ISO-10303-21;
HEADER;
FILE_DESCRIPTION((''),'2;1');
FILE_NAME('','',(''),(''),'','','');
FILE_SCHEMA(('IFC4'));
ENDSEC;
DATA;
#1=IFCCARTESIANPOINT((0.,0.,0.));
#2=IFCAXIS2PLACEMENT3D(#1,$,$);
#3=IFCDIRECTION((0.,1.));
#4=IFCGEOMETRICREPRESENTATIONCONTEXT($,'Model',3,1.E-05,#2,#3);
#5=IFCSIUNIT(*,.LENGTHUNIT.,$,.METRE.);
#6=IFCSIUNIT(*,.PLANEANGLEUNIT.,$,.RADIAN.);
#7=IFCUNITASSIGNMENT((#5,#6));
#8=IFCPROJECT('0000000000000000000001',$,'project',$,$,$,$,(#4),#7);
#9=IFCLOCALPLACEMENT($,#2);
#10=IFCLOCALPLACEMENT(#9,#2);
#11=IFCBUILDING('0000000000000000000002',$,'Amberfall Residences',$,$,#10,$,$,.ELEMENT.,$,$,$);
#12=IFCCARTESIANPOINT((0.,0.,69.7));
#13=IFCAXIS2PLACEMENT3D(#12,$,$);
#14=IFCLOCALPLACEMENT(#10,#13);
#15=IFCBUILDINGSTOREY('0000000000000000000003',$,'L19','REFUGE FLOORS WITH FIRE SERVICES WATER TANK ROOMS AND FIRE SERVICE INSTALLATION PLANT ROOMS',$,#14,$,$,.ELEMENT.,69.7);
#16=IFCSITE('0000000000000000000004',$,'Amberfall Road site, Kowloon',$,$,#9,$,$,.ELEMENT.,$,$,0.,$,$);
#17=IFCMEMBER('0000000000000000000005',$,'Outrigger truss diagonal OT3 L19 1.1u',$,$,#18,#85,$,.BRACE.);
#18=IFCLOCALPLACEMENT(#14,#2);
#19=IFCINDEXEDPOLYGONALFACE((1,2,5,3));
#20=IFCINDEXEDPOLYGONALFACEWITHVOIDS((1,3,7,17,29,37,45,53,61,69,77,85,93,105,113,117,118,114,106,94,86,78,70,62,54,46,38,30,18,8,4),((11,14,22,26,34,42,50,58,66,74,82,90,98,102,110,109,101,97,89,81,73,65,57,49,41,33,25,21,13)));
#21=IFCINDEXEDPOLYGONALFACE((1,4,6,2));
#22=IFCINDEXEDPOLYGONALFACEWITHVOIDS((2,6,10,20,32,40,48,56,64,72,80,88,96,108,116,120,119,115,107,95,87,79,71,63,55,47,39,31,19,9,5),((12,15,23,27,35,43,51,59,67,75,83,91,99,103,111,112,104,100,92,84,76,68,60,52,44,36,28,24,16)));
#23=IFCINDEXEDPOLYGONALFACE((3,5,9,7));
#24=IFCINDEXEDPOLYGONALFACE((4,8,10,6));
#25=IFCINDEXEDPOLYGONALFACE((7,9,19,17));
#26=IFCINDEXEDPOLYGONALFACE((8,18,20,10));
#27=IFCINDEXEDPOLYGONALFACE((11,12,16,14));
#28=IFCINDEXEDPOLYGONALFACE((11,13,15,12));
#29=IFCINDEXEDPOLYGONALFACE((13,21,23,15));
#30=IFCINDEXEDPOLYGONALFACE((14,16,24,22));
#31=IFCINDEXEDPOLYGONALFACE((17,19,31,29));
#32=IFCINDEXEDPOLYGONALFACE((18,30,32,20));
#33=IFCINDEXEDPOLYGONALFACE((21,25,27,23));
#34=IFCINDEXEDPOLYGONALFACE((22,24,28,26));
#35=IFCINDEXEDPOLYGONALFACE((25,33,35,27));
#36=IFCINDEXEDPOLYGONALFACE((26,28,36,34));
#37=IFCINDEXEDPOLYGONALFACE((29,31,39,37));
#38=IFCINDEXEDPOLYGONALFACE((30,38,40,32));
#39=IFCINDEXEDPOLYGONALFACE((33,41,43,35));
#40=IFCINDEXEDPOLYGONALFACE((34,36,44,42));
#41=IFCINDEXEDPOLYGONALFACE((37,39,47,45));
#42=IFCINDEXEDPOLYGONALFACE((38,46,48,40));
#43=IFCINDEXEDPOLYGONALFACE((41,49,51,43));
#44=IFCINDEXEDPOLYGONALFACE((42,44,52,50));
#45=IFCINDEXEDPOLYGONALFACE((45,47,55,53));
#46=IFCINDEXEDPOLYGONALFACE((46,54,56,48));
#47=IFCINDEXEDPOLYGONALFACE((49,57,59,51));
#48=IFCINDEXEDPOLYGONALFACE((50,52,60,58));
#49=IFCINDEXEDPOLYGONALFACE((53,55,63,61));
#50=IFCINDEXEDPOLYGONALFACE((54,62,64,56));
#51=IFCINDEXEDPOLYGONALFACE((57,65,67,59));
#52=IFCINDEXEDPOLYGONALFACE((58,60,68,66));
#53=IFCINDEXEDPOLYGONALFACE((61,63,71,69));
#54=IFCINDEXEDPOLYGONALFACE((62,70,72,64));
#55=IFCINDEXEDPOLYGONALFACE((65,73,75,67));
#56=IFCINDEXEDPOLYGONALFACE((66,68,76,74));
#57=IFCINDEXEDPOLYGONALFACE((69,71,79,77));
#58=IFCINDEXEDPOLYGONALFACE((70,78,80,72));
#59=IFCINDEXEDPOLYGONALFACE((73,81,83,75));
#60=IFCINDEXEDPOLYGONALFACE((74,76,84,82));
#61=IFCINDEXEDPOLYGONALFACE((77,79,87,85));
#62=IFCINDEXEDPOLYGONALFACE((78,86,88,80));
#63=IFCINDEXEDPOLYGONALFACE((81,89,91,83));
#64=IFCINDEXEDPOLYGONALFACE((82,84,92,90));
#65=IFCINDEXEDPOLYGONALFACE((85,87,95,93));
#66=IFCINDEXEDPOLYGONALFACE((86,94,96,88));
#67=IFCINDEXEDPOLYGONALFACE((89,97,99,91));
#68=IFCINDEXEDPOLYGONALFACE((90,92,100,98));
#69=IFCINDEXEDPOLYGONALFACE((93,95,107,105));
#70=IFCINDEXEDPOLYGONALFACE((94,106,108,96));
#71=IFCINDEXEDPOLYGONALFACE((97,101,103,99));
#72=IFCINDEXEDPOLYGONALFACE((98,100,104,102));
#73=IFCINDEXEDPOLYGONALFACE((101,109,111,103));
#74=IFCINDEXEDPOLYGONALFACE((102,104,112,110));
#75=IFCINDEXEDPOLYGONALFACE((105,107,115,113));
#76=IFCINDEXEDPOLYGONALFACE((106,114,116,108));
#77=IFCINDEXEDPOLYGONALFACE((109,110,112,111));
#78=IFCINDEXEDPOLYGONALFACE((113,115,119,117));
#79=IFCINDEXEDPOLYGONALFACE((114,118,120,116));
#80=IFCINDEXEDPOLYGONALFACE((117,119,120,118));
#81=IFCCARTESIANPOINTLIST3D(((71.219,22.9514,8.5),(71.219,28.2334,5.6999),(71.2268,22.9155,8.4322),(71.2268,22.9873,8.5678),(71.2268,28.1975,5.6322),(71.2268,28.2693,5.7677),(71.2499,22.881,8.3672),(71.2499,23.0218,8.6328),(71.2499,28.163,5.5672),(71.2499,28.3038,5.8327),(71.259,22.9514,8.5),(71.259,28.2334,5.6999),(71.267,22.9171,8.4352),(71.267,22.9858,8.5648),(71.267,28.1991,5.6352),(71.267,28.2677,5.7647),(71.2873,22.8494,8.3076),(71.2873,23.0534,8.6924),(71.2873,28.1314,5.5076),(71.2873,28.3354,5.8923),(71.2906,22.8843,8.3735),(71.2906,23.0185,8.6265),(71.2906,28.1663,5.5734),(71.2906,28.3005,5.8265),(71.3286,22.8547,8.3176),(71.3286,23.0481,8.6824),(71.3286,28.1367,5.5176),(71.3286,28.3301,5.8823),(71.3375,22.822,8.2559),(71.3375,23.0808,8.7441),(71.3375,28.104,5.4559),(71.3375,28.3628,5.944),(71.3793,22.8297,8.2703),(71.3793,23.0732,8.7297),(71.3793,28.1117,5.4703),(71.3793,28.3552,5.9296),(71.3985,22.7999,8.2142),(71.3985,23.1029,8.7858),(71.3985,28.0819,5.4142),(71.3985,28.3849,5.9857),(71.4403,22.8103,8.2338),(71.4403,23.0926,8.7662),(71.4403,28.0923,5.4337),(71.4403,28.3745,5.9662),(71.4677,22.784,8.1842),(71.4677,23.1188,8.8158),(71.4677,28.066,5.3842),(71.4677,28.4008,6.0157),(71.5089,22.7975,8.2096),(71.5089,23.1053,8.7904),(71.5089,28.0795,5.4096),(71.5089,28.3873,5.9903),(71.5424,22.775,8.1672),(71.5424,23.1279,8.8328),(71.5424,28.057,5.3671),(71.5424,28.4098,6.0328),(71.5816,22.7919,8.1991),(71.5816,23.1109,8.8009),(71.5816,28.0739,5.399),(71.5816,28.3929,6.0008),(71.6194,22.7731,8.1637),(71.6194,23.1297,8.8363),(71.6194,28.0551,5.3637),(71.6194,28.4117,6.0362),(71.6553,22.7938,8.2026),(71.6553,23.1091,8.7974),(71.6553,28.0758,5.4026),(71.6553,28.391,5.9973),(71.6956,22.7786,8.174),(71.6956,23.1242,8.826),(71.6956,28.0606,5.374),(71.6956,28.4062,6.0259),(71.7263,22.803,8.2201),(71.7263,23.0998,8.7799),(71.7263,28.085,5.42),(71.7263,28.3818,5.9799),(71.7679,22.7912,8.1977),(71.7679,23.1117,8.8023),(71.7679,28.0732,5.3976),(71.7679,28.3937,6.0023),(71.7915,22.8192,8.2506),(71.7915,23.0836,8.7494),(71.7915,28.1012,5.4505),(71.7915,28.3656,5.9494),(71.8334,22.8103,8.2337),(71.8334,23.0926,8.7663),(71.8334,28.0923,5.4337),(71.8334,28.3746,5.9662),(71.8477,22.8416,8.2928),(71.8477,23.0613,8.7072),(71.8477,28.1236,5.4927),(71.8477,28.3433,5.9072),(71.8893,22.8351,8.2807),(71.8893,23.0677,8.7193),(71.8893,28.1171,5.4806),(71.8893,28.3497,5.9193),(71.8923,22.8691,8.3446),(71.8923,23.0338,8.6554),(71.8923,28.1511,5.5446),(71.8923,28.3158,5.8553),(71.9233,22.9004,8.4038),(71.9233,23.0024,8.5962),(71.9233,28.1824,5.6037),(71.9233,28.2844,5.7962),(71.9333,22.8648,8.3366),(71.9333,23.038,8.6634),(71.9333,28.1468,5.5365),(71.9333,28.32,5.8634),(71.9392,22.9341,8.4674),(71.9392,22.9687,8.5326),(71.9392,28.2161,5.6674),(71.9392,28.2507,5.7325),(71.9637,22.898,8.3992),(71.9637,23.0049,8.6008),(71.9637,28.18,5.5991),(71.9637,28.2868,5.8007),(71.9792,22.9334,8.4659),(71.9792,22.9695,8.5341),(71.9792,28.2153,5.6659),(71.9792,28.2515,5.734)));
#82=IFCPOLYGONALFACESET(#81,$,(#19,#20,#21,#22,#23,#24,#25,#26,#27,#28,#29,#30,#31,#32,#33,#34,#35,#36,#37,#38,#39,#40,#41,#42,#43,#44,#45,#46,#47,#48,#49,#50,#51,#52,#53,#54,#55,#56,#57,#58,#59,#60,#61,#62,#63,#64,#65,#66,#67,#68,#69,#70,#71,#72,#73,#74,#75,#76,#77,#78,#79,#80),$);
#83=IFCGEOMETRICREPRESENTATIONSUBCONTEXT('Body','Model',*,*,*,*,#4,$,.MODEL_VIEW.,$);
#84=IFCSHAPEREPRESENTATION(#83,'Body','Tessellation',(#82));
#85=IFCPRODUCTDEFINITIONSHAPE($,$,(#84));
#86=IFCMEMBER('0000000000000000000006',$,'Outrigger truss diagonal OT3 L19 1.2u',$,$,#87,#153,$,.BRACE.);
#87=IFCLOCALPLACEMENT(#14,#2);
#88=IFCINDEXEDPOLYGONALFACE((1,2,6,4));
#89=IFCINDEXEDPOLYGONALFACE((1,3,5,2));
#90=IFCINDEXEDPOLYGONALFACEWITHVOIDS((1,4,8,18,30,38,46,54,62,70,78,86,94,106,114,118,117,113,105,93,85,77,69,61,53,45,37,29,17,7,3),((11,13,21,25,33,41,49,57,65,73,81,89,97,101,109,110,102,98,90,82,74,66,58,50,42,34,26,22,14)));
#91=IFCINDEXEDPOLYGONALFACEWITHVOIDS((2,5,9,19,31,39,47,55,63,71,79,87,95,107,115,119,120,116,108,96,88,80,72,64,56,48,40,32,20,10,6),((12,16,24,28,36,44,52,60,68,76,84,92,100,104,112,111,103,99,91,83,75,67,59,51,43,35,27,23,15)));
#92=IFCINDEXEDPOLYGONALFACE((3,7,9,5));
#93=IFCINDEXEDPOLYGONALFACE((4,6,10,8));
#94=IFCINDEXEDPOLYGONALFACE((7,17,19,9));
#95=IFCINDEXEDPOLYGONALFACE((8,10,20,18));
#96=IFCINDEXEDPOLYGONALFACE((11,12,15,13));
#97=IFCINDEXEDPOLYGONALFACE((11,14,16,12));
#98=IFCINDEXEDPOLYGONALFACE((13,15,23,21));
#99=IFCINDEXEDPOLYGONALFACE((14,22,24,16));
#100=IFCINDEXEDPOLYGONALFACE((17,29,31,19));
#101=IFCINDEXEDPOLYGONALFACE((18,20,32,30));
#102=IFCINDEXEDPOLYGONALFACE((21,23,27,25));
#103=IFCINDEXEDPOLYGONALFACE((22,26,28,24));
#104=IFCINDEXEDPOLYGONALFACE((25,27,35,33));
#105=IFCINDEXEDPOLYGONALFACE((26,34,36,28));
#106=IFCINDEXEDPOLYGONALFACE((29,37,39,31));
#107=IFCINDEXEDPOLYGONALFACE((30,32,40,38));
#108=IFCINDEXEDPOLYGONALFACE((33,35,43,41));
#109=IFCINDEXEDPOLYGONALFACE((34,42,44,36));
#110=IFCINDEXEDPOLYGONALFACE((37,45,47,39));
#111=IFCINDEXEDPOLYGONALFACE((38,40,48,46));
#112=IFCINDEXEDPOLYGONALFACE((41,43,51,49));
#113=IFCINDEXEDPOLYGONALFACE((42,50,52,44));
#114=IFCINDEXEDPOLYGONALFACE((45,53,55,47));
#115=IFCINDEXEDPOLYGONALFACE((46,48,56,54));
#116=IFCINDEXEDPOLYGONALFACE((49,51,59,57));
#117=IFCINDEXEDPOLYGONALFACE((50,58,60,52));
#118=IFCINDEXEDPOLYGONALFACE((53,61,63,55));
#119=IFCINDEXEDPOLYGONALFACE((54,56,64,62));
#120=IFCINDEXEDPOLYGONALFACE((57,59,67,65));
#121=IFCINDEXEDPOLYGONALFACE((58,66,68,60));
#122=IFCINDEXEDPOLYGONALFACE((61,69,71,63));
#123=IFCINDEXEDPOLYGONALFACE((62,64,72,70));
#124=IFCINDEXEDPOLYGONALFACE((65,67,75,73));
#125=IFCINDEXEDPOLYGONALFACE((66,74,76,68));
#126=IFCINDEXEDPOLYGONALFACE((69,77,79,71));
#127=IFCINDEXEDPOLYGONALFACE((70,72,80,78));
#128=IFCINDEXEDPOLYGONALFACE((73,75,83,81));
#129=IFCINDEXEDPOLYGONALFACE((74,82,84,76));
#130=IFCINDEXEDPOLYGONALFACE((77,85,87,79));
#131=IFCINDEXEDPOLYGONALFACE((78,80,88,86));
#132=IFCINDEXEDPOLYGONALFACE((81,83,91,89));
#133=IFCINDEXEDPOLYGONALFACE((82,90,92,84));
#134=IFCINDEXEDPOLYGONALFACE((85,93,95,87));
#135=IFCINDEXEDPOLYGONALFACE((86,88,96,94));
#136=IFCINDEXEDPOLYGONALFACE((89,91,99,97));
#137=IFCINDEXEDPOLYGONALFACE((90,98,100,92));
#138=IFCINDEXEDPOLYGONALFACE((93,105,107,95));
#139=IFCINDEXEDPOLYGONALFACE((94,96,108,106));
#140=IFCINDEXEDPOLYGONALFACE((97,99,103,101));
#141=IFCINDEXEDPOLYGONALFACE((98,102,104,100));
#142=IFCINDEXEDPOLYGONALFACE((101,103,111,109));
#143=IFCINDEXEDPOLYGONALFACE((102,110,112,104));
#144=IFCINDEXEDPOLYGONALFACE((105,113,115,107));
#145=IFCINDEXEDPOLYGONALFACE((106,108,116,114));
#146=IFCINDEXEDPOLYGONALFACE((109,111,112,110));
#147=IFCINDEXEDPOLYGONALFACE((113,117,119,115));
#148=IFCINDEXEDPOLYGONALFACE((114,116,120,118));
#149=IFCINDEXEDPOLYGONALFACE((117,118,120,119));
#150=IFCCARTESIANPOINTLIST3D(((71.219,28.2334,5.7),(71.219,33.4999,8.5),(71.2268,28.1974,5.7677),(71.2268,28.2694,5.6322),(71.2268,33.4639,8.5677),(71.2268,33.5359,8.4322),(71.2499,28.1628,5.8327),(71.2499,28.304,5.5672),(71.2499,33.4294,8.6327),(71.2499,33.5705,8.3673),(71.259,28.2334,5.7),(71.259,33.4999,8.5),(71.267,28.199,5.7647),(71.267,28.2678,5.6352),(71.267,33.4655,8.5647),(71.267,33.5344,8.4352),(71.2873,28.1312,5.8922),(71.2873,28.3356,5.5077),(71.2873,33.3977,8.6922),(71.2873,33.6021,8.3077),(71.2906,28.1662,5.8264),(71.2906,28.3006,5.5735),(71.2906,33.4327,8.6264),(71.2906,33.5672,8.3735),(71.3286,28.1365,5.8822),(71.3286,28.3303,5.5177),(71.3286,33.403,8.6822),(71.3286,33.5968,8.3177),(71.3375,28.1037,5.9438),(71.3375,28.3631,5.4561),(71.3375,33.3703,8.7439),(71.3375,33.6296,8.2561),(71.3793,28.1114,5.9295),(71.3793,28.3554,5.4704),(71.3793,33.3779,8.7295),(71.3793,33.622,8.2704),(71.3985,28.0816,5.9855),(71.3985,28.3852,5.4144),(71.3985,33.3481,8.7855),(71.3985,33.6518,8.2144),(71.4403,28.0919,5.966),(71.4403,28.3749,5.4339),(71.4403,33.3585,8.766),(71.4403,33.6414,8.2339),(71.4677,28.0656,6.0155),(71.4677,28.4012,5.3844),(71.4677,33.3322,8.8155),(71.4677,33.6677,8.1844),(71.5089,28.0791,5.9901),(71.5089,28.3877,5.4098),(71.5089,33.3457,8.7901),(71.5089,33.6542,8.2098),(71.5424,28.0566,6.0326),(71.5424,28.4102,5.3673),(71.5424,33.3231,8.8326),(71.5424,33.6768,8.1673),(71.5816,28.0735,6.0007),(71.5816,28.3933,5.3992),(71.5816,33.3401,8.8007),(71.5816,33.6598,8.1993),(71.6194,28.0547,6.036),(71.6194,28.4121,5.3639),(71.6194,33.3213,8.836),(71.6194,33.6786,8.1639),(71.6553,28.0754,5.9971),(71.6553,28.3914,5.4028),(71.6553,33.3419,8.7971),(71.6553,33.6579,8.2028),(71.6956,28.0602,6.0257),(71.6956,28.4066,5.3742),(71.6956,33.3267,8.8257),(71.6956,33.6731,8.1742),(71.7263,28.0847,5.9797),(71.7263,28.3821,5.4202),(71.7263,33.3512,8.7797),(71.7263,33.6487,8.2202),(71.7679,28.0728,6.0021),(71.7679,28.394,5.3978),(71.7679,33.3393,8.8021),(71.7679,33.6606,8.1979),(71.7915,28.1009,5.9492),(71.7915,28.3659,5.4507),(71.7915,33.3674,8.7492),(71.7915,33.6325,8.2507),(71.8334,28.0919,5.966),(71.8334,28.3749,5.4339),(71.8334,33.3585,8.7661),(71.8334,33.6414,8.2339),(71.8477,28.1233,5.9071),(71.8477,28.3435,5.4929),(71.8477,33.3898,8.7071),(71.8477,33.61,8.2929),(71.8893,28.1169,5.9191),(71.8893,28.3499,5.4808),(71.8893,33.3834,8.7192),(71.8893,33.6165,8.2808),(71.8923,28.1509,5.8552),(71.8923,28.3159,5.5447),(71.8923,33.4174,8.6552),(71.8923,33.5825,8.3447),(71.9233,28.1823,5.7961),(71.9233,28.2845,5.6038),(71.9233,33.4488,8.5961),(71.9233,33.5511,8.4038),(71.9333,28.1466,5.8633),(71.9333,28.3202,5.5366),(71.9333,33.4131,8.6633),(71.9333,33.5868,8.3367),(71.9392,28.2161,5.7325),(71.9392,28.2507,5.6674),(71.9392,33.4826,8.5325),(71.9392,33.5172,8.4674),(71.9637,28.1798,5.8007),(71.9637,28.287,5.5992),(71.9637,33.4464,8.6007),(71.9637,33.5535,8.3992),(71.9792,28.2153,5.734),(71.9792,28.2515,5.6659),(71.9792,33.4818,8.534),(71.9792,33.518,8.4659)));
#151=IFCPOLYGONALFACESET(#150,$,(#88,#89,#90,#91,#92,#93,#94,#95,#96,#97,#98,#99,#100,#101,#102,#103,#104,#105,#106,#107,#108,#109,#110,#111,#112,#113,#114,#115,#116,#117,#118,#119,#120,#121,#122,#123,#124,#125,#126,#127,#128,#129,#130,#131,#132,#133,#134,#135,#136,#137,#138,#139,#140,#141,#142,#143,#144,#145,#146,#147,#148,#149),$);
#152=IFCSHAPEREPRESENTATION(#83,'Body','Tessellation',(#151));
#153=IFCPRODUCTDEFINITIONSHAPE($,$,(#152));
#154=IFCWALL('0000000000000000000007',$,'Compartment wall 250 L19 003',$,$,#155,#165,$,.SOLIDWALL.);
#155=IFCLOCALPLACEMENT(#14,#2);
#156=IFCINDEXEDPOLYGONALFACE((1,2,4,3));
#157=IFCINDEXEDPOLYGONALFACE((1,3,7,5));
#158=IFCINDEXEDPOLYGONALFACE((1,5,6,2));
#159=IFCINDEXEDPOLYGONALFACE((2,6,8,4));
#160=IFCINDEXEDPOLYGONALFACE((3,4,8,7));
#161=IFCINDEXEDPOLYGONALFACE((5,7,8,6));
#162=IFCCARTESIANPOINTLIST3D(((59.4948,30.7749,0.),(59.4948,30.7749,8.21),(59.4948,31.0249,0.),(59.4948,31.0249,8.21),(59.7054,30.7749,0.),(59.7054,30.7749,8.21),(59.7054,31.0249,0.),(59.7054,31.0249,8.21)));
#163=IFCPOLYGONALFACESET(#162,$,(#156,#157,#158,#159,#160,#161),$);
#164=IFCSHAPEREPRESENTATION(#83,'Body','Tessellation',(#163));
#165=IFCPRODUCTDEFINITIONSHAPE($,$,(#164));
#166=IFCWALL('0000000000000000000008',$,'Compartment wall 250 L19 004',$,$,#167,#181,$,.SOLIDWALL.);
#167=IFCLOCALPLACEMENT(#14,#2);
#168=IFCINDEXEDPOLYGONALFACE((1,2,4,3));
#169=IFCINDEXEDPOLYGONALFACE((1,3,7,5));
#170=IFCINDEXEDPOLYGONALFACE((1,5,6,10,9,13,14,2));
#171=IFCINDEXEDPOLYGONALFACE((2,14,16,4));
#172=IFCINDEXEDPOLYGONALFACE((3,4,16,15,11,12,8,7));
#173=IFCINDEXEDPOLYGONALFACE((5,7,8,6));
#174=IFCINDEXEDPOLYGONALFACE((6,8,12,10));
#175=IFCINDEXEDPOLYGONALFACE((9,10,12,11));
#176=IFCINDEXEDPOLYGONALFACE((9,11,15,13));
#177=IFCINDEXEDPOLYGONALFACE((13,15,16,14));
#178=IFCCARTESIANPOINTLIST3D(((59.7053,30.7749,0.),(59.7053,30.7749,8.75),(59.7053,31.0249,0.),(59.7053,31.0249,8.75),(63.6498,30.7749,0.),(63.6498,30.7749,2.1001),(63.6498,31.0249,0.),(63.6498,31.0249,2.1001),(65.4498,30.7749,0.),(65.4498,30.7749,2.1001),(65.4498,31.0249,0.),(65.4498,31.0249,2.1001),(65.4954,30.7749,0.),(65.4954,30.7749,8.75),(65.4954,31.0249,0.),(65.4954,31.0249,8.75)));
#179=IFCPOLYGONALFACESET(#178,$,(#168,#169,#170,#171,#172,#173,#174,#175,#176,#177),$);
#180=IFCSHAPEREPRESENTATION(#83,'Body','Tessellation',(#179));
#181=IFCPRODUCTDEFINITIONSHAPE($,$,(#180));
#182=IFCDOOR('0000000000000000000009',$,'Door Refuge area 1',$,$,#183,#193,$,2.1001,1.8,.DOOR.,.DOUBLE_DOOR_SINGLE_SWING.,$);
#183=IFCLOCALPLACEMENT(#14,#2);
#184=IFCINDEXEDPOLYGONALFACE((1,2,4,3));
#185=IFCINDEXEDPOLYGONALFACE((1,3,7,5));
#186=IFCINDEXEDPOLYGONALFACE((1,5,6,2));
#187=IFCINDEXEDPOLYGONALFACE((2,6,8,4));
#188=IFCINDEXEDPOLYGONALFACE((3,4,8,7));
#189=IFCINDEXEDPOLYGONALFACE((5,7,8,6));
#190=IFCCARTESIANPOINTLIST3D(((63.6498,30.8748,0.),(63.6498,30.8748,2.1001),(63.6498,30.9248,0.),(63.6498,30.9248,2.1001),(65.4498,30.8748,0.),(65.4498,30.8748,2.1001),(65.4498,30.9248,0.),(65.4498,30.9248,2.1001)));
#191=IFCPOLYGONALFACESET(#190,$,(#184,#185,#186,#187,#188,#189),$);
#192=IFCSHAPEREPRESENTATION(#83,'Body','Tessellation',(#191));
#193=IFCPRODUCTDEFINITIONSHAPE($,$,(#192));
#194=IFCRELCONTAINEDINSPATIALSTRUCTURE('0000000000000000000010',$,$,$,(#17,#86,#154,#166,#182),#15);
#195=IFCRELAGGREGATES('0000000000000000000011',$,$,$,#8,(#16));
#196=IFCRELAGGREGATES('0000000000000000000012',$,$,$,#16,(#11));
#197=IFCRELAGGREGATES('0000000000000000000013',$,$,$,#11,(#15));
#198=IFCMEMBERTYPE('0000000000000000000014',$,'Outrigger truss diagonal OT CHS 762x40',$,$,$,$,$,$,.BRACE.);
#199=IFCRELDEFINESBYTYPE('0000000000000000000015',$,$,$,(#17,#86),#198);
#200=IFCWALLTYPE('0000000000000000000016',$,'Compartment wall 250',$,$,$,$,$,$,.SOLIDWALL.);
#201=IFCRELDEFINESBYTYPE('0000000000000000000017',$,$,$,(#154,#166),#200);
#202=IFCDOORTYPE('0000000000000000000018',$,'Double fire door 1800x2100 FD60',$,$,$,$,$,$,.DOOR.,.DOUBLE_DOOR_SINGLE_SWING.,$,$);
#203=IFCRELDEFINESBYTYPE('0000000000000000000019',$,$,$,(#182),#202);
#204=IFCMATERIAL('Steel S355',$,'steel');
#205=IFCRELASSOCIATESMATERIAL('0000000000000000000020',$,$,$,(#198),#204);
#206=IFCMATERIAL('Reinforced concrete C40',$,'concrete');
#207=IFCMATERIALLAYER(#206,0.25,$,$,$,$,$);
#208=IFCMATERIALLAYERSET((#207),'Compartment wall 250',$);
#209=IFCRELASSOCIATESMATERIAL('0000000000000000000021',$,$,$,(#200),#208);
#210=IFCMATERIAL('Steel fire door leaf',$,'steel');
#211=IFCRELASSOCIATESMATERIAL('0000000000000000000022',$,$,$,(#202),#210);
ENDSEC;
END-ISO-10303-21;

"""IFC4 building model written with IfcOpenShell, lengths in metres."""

from ifc_helpers import new_model, si_unit, direction, frame, frame_2d, origin, origin_2d, place, context, subcontext, project, spatial, rectangle, hollow_circle, extrude, material, layer, layer_set, material_profile, profile_set, type_object, element, fill, save


model = new_model("IFC4")

# Units and contexts
model_context = context("Model", 3, precision=1e-05, world=origin(), true_north=direction((0.0, 1.0)))
body_context = subcontext(model_context, "Body", "Model", "MODEL_VIEW")
ifc_project = project(units=[si_unit("LENGTHUNIT", "METRE"), si_unit("PLANEANGLEUNIT", "RADIAN")], contexts=[model_context])

# Site, building, storey
site_placement = place(None, origin())
site = spatial("IfcSite", under=ifc_project, at=site_placement, Name="Amberfall Road site, Kowloon", CompositionType="ELEMENT", RefElevation=0.0)
building_placement = place(site_placement, origin())
building = spatial("IfcBuilding", under=site, at=building_placement, Name="Amberfall Residences", CompositionType="ELEMENT")
storey_placement = place(building_placement, frame((0.0, 0.0, 69.7)))
storey = spatial("IfcBuildingStorey", under=building, at=storey_placement, Name="L19", Description="REFUGE FLOORS WITH FIRE SERVICES WATER TANK ROOMS AND FIRE SERVICE INSTALLATION PLANT ROOMS", CompositionType="ELEMENT", Elevation=69.7)

# Shared definitions
ifc_material_1 = material(Name="Steel S355", Category="steel")

# Members
ifc_material_profile_1 = material_profile(ifc_material_1, hollow_circle(Radius=0.3811, WallThickness=0.04, at=origin_2d()), Name="CHS 762x40")
ifc_profile_set_1 = profile_set([ifc_material_profile_1], Name="Steel S355")
member_type_1 = type_object("IfcMemberType", Name="Outrigger truss diagonal OT CHS 762x40", PredefinedType="BRACE", material=ifc_profile_set_1)
member_1_placement = place(storey_placement, frame((71.6001, 22.9514, 8.5), z_axis=(0.0, 0.883531, -0.468372), x_axis=(-1.0, 0.0, 0.0)))
element("IfcMember", 1, at=member_1_placement, inside=storey, type_object=member_type_1, Name="Outrigger truss diagonal OT3 L19 1.1u", PredefinedType="BRACE", context=body_context, shape_type="SweptSolid", body=[
    extrude(hollow_circle(Radius=0.3811, WallThickness=0.04, at=origin_2d()), origin(), (0.0, 0.0, 1.0), 5.9783),
])
member_2_placement = place(storey_placement, frame((71.6001, 28.2334, 5.7), z_axis=(0.0, 0.882965, 0.469439), x_axis=(-1.0, 0.0, 0.0)))
element("IfcMember", 2, at=member_2_placement, inside=storey, type_object=member_type_1, Name="Outrigger truss diagonal OT3 L19 1.2u", PredefinedType="BRACE", context=body_context, shape_type="SweptSolid", body=[
    extrude(hollow_circle(Radius=0.3811, WallThickness=0.04, at=origin_2d()), origin(), (0.0, 0.0, 1.0), 5.9646),
])

# Wall
ifc_material_2 = material(Name="Reinforced concrete C40", Category="concrete")
ifc_layer = layer(ifc_material_2, 0.25)
ifc_layer_set = layer_set([ifc_layer], Name="Compartment wall 250")
wall_type = type_object("IfcWallType", Name="Compartment wall 250", PredefinedType="SOLIDWALL", material=ifc_layer_set)
wall_1_placement = place(storey_placement, frame((59.4946, 30.8999, 0.0), z_axis=(0.0, 0.0, 1.0), x_axis=(1.0, 0.0, 0.0)))
element("IfcWall", 3, at=wall_1_placement, inside=storey, type_object=wall_type, Name="Compartment wall 250 L19 003", PredefinedType="SOLIDWALL", context=body_context, shape_type="SweptSolid", body=[
    extrude(rectangle(XDim=0.2107, YDim=0.25, at=frame_2d((0.1055, 0.0))), origin(), (0.0, 0.0, 1.0), 8.21),
])

# Wall, opening, door
wall_2_placement = place(storey_placement, frame((59.7053, 30.8999, 0.0), z_axis=(0.0, 0.0, 1.0), x_axis=(1.0, 0.0, 0.0)))
wall_2 = element("IfcWall", 4, at=wall_2_placement, inside=storey, type_object=wall_type, Name="Compartment wall 250 L19 004", PredefinedType="SOLIDWALL", context=body_context, shape_type="SweptSolid", body=[
    extrude(rectangle(XDim=5.79, YDim=0.25, at=frame_2d((2.895, 0.0))), origin(), (0.0, 0.0, 1.0), 8.75),
])
opening_1_placement = place(wall_2_placement, frame((3.9446, 0.0, 0.0)))
opening_1 = element("IfcOpeningElement", 5, at=opening_1_placement, cuts=wall_2, PredefinedType="OPENING", context=body_context, shape_type="SweptSolid", body=[
    extrude(rectangle(XDim=1.8, YDim=2.1001, at=frame_2d((0.8999, 1.05))), frame((0.0, 0.135, 0.0), z_axis=(0.0, -1.0, 0.0), x_axis=(1.0, 0.0, 0.0)), (0.0, 0.0, 1.0), 0.27),
])
ifc_material_3 = material(Name="Steel fire door leaf", Category="steel")
door_type_1 = type_object("IfcDoorType", Name="Double fire door 1800x2100 FD60", OperationType="DOUBLE_DOOR_SINGLE_SWING", PredefinedType="DOOR", material=ifc_material_3)
door_1_placement = place(opening_1_placement, origin())
door_1 = element("IfcDoor", 6, at=door_1_placement, inside=storey, type_object=door_type_1, Name="Door Refuge area 1", OperationType="DOUBLE_DOOR_SINGLE_SWING", OverallHeight=2.1001, OverallWidth=1.8, PredefinedType="DOOR", context=body_context, shape_type="SweptSolid", body=[
    extrude(rectangle(XDim=1.8, YDim=2.1001, at=frame_2d((0.8999, 1.05))), frame((0.0, 0.0249, 0.0), z_axis=(0.0, -1.0, 0.0), x_axis=(1.0, 0.0, 0.0)), (0.0, 0.0, 1.0), 0.05),
])
fill(opening_1, door_1)

save(model, "model.ifc")
